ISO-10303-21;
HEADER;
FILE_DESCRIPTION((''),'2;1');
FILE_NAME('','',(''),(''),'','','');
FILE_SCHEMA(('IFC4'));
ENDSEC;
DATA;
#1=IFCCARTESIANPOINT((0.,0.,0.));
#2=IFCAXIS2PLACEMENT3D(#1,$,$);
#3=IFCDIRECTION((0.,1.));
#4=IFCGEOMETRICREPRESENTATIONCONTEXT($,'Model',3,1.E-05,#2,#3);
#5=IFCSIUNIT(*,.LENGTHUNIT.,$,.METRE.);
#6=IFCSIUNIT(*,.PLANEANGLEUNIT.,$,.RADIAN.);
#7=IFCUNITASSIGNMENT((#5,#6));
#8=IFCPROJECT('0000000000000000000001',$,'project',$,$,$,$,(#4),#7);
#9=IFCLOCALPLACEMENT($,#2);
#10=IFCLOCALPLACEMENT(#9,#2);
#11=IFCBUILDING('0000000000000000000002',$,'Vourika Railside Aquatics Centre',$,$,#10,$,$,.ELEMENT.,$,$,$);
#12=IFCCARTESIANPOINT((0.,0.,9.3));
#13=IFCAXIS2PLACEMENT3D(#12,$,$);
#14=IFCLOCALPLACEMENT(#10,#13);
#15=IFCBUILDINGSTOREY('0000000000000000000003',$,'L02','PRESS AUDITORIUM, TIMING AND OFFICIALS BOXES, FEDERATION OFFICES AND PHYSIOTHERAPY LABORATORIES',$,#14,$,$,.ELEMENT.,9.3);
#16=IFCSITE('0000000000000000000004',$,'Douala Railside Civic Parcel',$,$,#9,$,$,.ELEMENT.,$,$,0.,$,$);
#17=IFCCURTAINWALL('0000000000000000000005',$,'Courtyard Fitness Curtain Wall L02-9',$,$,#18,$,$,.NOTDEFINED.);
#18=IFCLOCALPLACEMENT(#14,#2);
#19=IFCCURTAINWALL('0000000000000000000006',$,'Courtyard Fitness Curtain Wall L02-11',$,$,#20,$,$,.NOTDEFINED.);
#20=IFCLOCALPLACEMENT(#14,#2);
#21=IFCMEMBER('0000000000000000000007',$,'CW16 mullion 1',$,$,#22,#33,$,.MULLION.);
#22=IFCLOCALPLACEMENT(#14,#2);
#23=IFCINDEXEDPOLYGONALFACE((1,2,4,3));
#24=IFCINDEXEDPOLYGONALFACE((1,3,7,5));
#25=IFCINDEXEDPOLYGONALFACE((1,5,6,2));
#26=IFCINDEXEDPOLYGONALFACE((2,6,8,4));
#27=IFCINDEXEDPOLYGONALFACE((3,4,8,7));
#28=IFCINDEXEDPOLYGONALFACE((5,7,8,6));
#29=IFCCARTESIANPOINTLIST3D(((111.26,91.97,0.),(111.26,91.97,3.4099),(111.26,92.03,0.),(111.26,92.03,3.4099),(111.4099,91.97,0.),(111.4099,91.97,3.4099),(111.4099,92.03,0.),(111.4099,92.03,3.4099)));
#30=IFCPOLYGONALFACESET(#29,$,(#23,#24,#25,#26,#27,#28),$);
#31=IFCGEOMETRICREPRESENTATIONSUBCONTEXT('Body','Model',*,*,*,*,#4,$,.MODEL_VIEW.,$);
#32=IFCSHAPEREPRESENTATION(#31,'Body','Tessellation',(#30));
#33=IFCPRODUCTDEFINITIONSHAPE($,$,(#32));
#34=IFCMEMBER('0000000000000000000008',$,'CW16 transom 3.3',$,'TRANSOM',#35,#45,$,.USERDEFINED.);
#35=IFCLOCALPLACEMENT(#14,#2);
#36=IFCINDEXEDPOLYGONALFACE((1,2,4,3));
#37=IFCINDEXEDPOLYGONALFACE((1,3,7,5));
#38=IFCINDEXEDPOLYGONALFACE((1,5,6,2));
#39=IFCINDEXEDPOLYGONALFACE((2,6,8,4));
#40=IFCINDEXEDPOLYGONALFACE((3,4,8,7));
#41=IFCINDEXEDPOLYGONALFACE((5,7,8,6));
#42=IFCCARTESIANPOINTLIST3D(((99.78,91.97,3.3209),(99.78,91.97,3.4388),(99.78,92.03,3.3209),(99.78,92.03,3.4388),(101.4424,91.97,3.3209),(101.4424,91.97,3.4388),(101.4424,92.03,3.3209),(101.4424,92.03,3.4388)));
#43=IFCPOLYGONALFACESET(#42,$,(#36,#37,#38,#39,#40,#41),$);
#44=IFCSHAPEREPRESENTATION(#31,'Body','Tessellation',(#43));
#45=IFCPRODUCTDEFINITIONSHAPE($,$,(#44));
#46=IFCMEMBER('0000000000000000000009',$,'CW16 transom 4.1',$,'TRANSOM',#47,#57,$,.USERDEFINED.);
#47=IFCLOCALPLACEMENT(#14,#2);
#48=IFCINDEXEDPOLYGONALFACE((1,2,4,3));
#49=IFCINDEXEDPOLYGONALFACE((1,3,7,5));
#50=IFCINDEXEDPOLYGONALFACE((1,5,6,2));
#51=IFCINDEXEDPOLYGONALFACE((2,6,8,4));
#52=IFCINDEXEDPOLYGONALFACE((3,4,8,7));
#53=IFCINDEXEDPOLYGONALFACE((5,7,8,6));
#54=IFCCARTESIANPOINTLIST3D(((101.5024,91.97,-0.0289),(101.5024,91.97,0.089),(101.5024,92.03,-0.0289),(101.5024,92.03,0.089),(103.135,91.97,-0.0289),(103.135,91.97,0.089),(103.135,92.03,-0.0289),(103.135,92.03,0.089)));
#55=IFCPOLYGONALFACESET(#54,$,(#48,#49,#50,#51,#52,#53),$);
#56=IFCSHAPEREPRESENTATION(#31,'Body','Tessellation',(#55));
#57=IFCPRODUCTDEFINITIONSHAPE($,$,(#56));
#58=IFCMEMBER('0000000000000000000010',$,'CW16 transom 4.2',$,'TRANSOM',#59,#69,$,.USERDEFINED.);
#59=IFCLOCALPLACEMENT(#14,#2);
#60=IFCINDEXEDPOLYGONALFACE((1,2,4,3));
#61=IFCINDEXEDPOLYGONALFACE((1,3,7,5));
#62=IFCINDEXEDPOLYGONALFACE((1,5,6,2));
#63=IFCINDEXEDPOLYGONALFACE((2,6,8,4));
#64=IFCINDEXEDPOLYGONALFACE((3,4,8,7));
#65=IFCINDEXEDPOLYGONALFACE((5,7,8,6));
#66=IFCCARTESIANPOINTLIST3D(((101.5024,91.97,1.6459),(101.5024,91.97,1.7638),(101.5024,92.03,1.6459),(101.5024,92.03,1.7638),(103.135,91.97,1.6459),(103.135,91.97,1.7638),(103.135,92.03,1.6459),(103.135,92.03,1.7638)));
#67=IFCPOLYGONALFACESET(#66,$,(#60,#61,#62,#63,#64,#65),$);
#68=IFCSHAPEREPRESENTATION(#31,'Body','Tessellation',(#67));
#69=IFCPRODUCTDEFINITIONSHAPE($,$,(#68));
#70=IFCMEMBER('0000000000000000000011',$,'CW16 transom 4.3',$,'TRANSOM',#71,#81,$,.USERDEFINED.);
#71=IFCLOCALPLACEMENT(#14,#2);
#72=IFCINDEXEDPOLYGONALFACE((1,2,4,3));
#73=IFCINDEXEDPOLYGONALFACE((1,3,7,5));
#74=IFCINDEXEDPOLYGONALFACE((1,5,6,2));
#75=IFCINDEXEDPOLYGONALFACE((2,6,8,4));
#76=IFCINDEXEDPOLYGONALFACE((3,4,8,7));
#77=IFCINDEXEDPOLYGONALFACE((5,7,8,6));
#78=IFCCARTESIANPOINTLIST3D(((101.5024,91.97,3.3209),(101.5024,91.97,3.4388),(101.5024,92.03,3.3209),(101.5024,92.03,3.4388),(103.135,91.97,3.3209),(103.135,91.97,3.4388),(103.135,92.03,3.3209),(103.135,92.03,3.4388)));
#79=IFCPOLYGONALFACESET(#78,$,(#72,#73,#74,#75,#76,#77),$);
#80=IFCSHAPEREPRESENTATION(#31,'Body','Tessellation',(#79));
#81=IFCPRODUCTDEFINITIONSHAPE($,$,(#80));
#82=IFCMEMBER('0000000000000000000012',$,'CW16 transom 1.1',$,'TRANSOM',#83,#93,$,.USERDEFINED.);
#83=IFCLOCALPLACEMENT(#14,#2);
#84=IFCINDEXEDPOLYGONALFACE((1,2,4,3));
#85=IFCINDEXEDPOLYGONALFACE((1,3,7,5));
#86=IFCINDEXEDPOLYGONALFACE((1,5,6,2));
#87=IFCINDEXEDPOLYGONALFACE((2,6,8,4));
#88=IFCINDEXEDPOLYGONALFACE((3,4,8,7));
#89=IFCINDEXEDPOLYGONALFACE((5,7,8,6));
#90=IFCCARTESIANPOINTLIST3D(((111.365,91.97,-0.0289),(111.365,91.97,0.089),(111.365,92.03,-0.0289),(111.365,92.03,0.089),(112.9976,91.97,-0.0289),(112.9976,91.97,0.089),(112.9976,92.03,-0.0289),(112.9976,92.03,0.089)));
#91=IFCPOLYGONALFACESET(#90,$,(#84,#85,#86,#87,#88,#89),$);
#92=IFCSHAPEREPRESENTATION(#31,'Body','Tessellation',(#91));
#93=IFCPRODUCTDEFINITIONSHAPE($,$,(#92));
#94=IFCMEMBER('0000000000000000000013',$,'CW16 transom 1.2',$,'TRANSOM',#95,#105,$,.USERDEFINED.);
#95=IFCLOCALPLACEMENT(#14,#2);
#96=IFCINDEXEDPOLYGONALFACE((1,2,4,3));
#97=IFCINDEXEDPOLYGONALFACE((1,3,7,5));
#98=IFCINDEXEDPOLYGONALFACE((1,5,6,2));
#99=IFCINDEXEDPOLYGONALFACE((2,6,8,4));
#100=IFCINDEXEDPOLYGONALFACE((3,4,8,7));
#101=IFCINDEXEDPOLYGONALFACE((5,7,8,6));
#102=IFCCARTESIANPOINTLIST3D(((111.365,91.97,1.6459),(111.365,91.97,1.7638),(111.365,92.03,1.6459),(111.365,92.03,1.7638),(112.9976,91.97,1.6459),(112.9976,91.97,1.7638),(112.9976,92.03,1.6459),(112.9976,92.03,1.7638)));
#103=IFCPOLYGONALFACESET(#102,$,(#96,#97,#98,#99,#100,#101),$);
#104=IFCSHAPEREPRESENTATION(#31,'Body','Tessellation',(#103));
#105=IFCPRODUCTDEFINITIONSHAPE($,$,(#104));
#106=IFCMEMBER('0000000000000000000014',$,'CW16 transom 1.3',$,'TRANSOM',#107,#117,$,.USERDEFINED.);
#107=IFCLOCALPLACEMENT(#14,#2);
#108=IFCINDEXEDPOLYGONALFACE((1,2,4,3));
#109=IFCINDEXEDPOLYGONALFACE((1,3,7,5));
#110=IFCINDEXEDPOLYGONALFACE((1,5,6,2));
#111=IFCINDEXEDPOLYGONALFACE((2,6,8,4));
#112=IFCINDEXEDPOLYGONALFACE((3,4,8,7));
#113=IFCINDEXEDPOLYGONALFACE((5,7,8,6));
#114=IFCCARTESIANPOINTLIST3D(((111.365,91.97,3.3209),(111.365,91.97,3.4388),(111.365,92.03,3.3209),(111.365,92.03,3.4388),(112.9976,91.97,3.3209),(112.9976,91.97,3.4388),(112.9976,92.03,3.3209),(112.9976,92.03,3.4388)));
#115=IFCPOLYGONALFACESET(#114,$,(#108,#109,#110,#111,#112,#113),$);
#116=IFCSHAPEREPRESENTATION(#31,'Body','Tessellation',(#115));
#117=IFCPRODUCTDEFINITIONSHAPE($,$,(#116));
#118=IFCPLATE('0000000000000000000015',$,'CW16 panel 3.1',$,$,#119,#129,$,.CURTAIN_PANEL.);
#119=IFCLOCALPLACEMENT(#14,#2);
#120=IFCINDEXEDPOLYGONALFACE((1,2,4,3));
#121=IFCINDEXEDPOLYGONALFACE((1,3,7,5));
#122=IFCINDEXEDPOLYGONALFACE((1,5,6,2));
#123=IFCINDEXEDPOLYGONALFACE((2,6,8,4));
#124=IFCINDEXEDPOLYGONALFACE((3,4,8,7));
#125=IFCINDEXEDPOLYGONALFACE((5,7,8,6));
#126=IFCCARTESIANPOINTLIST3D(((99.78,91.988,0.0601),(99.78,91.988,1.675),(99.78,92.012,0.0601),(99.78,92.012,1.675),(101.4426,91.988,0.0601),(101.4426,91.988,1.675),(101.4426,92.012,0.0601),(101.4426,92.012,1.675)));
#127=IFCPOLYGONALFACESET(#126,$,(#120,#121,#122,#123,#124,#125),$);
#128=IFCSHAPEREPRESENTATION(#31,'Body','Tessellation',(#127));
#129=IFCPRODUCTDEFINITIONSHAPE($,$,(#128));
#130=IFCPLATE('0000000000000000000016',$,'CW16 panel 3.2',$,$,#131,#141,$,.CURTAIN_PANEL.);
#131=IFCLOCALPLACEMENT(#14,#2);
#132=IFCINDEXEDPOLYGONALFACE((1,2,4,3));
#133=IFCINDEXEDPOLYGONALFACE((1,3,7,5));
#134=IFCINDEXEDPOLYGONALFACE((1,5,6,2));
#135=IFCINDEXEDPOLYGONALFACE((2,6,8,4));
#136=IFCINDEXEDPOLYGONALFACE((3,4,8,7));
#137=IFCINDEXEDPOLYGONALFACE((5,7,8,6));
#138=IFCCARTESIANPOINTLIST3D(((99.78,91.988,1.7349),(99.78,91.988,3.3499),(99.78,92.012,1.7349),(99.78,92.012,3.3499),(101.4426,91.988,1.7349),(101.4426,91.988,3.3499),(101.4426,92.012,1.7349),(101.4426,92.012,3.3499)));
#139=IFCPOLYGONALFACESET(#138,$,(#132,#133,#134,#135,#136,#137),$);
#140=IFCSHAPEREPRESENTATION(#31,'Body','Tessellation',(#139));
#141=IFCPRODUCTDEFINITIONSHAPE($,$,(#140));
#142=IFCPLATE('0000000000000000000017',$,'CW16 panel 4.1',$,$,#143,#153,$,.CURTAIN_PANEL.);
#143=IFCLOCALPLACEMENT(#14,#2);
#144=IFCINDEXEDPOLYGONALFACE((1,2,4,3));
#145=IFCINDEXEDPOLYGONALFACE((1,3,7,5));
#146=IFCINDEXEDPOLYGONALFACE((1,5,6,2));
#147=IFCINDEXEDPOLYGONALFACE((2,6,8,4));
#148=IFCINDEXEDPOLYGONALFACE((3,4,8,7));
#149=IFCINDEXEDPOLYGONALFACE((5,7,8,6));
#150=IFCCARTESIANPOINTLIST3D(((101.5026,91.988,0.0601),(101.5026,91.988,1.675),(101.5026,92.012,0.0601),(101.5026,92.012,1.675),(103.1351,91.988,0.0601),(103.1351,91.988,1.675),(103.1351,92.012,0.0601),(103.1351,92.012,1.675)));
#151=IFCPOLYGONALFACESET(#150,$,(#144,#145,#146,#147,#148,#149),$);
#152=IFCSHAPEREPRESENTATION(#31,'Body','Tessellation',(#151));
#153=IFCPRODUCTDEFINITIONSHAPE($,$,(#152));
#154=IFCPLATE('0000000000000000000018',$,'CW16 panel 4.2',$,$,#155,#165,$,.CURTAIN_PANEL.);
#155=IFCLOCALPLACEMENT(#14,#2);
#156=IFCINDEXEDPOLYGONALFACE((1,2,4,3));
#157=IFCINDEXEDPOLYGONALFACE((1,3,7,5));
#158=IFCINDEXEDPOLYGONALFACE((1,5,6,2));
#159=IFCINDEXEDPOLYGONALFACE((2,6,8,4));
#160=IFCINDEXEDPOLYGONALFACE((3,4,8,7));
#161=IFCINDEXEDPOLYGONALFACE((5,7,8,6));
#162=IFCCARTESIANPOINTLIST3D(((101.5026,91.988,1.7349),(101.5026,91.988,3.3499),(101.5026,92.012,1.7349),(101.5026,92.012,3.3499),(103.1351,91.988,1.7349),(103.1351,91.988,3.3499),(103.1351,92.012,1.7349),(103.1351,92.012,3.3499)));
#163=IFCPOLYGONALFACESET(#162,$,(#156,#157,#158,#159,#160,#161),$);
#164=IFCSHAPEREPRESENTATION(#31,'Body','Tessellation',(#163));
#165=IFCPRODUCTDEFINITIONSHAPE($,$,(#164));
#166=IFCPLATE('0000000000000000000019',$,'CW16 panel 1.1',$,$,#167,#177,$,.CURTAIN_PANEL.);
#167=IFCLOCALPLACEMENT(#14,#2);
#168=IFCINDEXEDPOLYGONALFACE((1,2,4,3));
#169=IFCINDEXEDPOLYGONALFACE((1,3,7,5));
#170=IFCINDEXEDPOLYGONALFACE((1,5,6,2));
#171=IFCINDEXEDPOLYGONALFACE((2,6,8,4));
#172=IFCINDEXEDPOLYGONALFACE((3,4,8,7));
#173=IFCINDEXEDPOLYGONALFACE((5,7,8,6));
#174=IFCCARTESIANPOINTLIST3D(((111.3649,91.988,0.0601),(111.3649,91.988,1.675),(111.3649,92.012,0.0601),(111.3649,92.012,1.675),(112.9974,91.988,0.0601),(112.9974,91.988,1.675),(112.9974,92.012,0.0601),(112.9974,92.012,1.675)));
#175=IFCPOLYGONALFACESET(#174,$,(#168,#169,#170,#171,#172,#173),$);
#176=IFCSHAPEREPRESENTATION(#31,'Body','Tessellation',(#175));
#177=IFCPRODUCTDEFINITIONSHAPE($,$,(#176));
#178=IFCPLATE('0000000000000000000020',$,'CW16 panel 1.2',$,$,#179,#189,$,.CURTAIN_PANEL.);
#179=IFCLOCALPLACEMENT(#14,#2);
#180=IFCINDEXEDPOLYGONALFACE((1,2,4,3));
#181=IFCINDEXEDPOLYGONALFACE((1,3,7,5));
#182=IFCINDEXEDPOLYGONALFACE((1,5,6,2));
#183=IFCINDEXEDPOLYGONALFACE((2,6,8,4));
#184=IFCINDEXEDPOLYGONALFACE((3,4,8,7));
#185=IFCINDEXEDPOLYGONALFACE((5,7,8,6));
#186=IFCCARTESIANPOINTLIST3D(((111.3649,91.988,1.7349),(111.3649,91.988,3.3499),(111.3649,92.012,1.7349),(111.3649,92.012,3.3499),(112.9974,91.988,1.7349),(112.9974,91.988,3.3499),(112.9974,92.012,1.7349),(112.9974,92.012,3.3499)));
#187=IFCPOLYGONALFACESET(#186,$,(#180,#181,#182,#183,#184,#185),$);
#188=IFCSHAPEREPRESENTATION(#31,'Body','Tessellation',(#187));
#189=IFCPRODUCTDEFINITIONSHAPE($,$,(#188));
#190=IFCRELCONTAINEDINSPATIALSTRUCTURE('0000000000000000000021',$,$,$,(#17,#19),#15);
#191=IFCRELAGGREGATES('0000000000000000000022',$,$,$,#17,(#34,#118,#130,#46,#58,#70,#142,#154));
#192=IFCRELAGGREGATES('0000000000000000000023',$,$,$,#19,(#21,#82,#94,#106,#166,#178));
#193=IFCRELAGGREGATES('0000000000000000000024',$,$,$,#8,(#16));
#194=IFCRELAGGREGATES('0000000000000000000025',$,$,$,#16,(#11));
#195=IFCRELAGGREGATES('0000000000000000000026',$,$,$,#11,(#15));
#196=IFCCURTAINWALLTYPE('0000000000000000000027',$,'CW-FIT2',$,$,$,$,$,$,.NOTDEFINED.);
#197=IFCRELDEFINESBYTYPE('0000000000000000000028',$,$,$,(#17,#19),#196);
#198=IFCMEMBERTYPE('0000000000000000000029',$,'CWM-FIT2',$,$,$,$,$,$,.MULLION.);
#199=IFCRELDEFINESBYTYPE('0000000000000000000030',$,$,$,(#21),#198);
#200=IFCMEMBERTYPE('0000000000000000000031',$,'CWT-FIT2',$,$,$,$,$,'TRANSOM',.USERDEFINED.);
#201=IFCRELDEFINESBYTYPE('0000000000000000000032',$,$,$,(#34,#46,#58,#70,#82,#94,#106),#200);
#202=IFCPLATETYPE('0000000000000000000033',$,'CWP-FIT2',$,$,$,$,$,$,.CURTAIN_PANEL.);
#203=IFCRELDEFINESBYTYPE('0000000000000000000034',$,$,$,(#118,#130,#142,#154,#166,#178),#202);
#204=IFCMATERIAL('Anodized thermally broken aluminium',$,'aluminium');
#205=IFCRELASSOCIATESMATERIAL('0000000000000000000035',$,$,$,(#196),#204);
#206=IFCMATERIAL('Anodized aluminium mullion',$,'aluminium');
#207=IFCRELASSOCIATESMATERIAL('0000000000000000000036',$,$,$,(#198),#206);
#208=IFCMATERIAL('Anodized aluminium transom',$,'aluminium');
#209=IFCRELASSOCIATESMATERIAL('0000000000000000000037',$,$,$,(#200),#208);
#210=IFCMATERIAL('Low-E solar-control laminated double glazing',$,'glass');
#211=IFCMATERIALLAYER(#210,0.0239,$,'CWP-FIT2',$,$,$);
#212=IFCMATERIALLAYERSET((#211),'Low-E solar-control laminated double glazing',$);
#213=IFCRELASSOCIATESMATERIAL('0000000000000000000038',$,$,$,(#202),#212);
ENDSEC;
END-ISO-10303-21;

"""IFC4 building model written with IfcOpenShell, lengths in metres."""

from ifc_helpers import new_model, si_unit, direction, frame, origin, origin_2d, place, context, subcontext, project, spatial, rectangle, extrude, material, layer, layer_set, material_profile, profile_set, type_object, element, aggregate, save


model = new_model("IFC4")

# Units and contexts
model_context = context("Model", 3, precision=1e-05, world=origin(), true_north=direction((0.0, 1.0)))
body_context = subcontext(model_context, "Body", "Model", "MODEL_VIEW")
ifc_project = project(units=[si_unit("LENGTHUNIT", "METRE"), si_unit("PLANEANGLEUNIT", "RADIAN")], contexts=[model_context])

# Site, building, storey
site_placement = place(None, origin())
site = spatial("IfcSite", under=ifc_project, at=site_placement, Name="Douala Railside Civic Parcel", CompositionType="ELEMENT", RefElevation=0.0)
building_placement = place(site_placement, origin())
building = spatial("IfcBuilding", under=site, at=building_placement, Name="Vourika Railside Aquatics Centre", CompositionType="ELEMENT")
storey_placement = place(building_placement, frame((0.0, 0.0, 9.3)))
storey = spatial("IfcBuildingStorey", under=building, at=storey_placement, Name="L02", Description="PRESS AUDITORIUM, TIMING AND OFFICIALS BOXES, FEDERATION OFFICES AND PHYSIOTHERAPY LABORATORIES", CompositionType="ELEMENT", Elevation=9.3)

# Curtain wall
ifc_material_1 = material(Name="Anodized thermally broken aluminium", Category="aluminium")
curtain_wall_type = type_object("IfcCurtainWallType", Name="CW-FIT2", PredefinedType="NOTDEFINED", material=ifc_material_1)
curtain_wall_1_placement = place(storey_placement, origin())
curtain_wall_1 = element("IfcCurtainWall", 1, at=curtain_wall_1_placement, inside=storey, type_object=curtain_wall_type, Name="Courtyard Fitness Curtain Wall L02-9", PredefinedType="NOTDEFINED")
ifc_material_2 = material(Name="Anodized aluminium mullion", Category="aluminium")
ifc_material_profile_1 = material_profile(ifc_material_2, rectangle(XDim=0.0601, YDim=0.1499, at=origin_2d()), Name="ALU-M 60x150")
ifc_profile_set_1 = profile_set([ifc_material_profile_1], Name="Anodized aluminium mullion")
member_type_1 = type_object("IfcMemberType", Name="CWM-FIT2", PredefinedType="MULLION", material=ifc_profile_set_1)

# Curtain wall, member
curtain_wall_2_placement = place(storey_placement, origin())
curtain_wall_2 = element("IfcCurtainWall", 2, at=curtain_wall_2_placement, inside=storey, type_object=curtain_wall_type, Name="Courtyard Fitness Curtain Wall L02-11", PredefinedType="NOTDEFINED")
member_1_placement = place(storey_placement, frame((111.335, 92.0, 0.0), z_axis=(0.0, 0.0, 1.0), x_axis=(0.0, 1.0, 0.0)))
member_1 = element("IfcMember", 3, at=member_1_placement, type_object=member_type_1, Name="CW16 mullion 1", PredefinedType="MULLION", context=body_context, shape_type="SweptSolid", body=[
    extrude(rectangle(XDim=0.0601, YDim=0.1499, at=origin_2d()), origin(), (0.0, 0.0, 1.0), 3.4099),
])

# Members
ifc_material_3 = material(Name="Anodized aluminium transom", Category="aluminium")
ifc_material_profile_2 = material_profile(ifc_material_3, rectangle(XDim=0.0601, YDim=0.1179, at=origin_2d()), Name="ALU-T 60x118")
ifc_profile_set_2 = profile_set([ifc_material_profile_2], Name="Anodized aluminium transom")
member_type_2 = type_object("IfcMemberType", Name="CWT-FIT2", ElementType="TRANSOM", PredefinedType="USERDEFINED", material=ifc_profile_set_2)
member_2_placement = place(storey_placement, frame((99.78, 92.0, 3.3799), z_axis=(1.0, 0.0, 0.0), x_axis=(0.0, 1.0, 0.0)))
member_2 = element("IfcMember", 4, at=member_2_placement, type_object=member_type_2, Name="CW16 transom 3.3", ObjectType="TRANSOM", PredefinedType="USERDEFINED", context=body_context, shape_type="SweptSolid", body=[
    extrude(rectangle(XDim=0.0601, YDim=0.1179, at=origin_2d()), origin(), (0.0, 0.0, 1.0), 1.6624),
])
member_3_placement = place(storey_placement, frame((101.5024, 92.0, 0.03), z_axis=(1.0, 0.0, 0.0), x_axis=(0.0, 1.0, 0.0)))
member_3 = element("IfcMember", 5, at=member_3_placement, type_object=member_type_2, Name="CW16 transom 4.1", ObjectType="TRANSOM", PredefinedType="USERDEFINED", context=body_context, shape_type="SweptSolid", body=[
    extrude(rectangle(XDim=0.0601, YDim=0.1179, at=origin_2d()), origin(), (0.0, 0.0, 1.0), 1.6326),
])
member_4_placement = place(storey_placement, frame((101.5024, 92.0, 1.7048), z_axis=(1.0, 0.0, 0.0), x_axis=(0.0, 1.0, 0.0)))
member_4 = element("IfcMember", 6, at=member_4_placement, type_object=member_type_2, Name="CW16 transom 4.2", ObjectType="TRANSOM", PredefinedType="USERDEFINED", context=body_context, shape_type="SweptSolid", body=[
    extrude(rectangle(XDim=0.0601, YDim=0.1179, at=origin_2d()), origin(), (0.0, 0.0, 1.0), 1.6326),
])
member_5_placement = place(storey_placement, frame((101.5024, 92.0, 3.3799), z_axis=(1.0, 0.0, 0.0), x_axis=(0.0, 1.0, 0.0)))
member_5 = element("IfcMember", 7, at=member_5_placement, type_object=member_type_2, Name="CW16 transom 4.3", ObjectType="TRANSOM", PredefinedType="USERDEFINED", context=body_context, shape_type="SweptSolid", body=[
    extrude(rectangle(XDim=0.0601, YDim=0.1179, at=origin_2d()), origin(), (0.0, 0.0, 1.0), 1.6326),
])
member_6_placement = place(storey_placement, frame((111.365, 92.0, 0.03), z_axis=(1.0, 0.0, 0.0), x_axis=(0.0, 1.0, 0.0)))
member_6 = element("IfcMember", 8, at=member_6_placement, type_object=member_type_2, Name="CW16 transom 1.1", ObjectType="TRANSOM", PredefinedType="USERDEFINED", context=body_context, shape_type="SweptSolid", body=[
    extrude(rectangle(XDim=0.0601, YDim=0.1179, at=origin_2d()), origin(), (0.0, 0.0, 1.0), 1.6326),
])
member_7_placement = place(storey_placement, frame((111.365, 92.0, 1.7048), z_axis=(1.0, 0.0, 0.0), x_axis=(0.0, 1.0, 0.0)))
member_7 = element("IfcMember", 9, at=member_7_placement, type_object=member_type_2, Name="CW16 transom 1.2", ObjectType="TRANSOM", PredefinedType="USERDEFINED", context=body_context, shape_type="SweptSolid", body=[
    extrude(rectangle(XDim=0.0601, YDim=0.1179, at=origin_2d()), origin(), (0.0, 0.0, 1.0), 1.6326),
])
member_8_placement = place(storey_placement, frame((111.365, 92.0, 3.3799), z_axis=(1.0, 0.0, 0.0), x_axis=(0.0, 1.0, 0.0)))
member_8 = element("IfcMember", 10, at=member_8_placement, type_object=member_type_2, Name="CW16 transom 1.3", ObjectType="TRANSOM", PredefinedType="USERDEFINED", context=body_context, shape_type="SweptSolid", body=[
    extrude(rectangle(XDim=0.0601, YDim=0.1179, at=origin_2d()), origin(), (0.0, 0.0, 1.0), 1.6326),
])

# Plates
ifc_material_4 = material(Name="Low-E solar-control laminated double glazing", Category="glass")
ifc_layer_1 = layer(ifc_material_4, 0.0239, Name="CWP-FIT2")
ifc_layer_set_1 = layer_set([ifc_layer_1], Name="Low-E solar-control laminated double glazing")
plate_type = type_object("IfcPlateType", Name="CWP-FIT2", PredefinedType="CURTAIN_PANEL", material=ifc_layer_set_1)
plate_1_placement = place(storey_placement, frame((100.6113, 92.0, 0.0601), z_axis=(0.0, 0.0, 1.0), x_axis=(1.0, 0.0, 0.0)))
plate_1 = element("IfcPlate", 11, at=plate_1_placement, type_object=plate_type, Name="CW16 panel 3.1", PredefinedType="CURTAIN_PANEL", context=body_context, shape_type="SweptSolid", body=[
    extrude(rectangle(XDim=1.6626, YDim=0.0239, at=origin_2d()), origin(), (0.0, 0.0, 1.0), 1.615),
])
plate_2_placement = place(storey_placement, frame((100.6113, 92.0, 1.7349), z_axis=(0.0, 0.0, 1.0), x_axis=(1.0, 0.0, 0.0)))
plate_2 = element("IfcPlate", 12, at=plate_2_placement, type_object=plate_type, Name="CW16 panel 3.2", PredefinedType="CURTAIN_PANEL", context=body_context, shape_type="SweptSolid", body=[
    extrude(rectangle(XDim=1.6626, YDim=0.0239, at=origin_2d()), origin(), (0.0, 0.0, 1.0), 1.615),
])
plate_3_placement = place(storey_placement, frame((102.3188, 92.0, 0.0601), z_axis=(0.0, 0.0, 1.0), x_axis=(1.0, 0.0, 0.0)))
plate_3 = element("IfcPlate", 13, at=plate_3_placement, type_object=plate_type, Name="CW16 panel 4.1", PredefinedType="CURTAIN_PANEL", context=body_context, shape_type="SweptSolid", body=[
    extrude(rectangle(XDim=1.6326, YDim=0.0239, at=origin_2d()), origin(), (0.0, 0.0, 1.0), 1.615),
])
plate_4_placement = place(storey_placement, frame((102.3188, 92.0, 1.7349), z_axis=(0.0, 0.0, 1.0), x_axis=(1.0, 0.0, 0.0)))
plate_4 = element("IfcPlate", 14, at=plate_4_placement, type_object=plate_type, Name="CW16 panel 4.2", PredefinedType="CURTAIN_PANEL", context=body_context, shape_type="SweptSolid", body=[
    extrude(rectangle(XDim=1.6326, YDim=0.0239, at=origin_2d()), origin(), (0.0, 0.0, 1.0), 1.615),
])
aggregate(curtain_wall_1, [member_2, plate_1, plate_2, member_3, member_4, member_5, plate_3, plate_4])
plate_5_placement = place(storey_placement, frame((112.1812, 92.0, 0.0601), z_axis=(0.0, 0.0, 1.0), x_axis=(1.0, 0.0, 0.0)))
plate_5 = element("IfcPlate", 15, at=plate_5_placement, type_object=plate_type, Name="CW16 panel 1.1", PredefinedType="CURTAIN_PANEL", context=body_context, shape_type="SweptSolid", body=[
    extrude(rectangle(XDim=1.6326, YDim=0.0239, at=origin_2d()), origin(), (0.0, 0.0, 1.0), 1.615),
])
plate_6_placement = place(storey_placement, frame((112.1812, 92.0, 1.7349), z_axis=(0.0, 0.0, 1.0), x_axis=(1.0, 0.0, 0.0)))
plate_6 = element("IfcPlate", 16, at=plate_6_placement, type_object=plate_type, Name="CW16 panel 1.2", PredefinedType="CURTAIN_PANEL", context=body_context, shape_type="SweptSolid", body=[
    extrude(rectangle(XDim=1.6326, YDim=0.0239, at=origin_2d()), origin(), (0.0, 0.0, 1.0), 1.615),
])
aggregate(curtain_wall_2, [member_1, member_6, member_7, member_8, plate_5, plate_6])

save(model, "model.ifc")
